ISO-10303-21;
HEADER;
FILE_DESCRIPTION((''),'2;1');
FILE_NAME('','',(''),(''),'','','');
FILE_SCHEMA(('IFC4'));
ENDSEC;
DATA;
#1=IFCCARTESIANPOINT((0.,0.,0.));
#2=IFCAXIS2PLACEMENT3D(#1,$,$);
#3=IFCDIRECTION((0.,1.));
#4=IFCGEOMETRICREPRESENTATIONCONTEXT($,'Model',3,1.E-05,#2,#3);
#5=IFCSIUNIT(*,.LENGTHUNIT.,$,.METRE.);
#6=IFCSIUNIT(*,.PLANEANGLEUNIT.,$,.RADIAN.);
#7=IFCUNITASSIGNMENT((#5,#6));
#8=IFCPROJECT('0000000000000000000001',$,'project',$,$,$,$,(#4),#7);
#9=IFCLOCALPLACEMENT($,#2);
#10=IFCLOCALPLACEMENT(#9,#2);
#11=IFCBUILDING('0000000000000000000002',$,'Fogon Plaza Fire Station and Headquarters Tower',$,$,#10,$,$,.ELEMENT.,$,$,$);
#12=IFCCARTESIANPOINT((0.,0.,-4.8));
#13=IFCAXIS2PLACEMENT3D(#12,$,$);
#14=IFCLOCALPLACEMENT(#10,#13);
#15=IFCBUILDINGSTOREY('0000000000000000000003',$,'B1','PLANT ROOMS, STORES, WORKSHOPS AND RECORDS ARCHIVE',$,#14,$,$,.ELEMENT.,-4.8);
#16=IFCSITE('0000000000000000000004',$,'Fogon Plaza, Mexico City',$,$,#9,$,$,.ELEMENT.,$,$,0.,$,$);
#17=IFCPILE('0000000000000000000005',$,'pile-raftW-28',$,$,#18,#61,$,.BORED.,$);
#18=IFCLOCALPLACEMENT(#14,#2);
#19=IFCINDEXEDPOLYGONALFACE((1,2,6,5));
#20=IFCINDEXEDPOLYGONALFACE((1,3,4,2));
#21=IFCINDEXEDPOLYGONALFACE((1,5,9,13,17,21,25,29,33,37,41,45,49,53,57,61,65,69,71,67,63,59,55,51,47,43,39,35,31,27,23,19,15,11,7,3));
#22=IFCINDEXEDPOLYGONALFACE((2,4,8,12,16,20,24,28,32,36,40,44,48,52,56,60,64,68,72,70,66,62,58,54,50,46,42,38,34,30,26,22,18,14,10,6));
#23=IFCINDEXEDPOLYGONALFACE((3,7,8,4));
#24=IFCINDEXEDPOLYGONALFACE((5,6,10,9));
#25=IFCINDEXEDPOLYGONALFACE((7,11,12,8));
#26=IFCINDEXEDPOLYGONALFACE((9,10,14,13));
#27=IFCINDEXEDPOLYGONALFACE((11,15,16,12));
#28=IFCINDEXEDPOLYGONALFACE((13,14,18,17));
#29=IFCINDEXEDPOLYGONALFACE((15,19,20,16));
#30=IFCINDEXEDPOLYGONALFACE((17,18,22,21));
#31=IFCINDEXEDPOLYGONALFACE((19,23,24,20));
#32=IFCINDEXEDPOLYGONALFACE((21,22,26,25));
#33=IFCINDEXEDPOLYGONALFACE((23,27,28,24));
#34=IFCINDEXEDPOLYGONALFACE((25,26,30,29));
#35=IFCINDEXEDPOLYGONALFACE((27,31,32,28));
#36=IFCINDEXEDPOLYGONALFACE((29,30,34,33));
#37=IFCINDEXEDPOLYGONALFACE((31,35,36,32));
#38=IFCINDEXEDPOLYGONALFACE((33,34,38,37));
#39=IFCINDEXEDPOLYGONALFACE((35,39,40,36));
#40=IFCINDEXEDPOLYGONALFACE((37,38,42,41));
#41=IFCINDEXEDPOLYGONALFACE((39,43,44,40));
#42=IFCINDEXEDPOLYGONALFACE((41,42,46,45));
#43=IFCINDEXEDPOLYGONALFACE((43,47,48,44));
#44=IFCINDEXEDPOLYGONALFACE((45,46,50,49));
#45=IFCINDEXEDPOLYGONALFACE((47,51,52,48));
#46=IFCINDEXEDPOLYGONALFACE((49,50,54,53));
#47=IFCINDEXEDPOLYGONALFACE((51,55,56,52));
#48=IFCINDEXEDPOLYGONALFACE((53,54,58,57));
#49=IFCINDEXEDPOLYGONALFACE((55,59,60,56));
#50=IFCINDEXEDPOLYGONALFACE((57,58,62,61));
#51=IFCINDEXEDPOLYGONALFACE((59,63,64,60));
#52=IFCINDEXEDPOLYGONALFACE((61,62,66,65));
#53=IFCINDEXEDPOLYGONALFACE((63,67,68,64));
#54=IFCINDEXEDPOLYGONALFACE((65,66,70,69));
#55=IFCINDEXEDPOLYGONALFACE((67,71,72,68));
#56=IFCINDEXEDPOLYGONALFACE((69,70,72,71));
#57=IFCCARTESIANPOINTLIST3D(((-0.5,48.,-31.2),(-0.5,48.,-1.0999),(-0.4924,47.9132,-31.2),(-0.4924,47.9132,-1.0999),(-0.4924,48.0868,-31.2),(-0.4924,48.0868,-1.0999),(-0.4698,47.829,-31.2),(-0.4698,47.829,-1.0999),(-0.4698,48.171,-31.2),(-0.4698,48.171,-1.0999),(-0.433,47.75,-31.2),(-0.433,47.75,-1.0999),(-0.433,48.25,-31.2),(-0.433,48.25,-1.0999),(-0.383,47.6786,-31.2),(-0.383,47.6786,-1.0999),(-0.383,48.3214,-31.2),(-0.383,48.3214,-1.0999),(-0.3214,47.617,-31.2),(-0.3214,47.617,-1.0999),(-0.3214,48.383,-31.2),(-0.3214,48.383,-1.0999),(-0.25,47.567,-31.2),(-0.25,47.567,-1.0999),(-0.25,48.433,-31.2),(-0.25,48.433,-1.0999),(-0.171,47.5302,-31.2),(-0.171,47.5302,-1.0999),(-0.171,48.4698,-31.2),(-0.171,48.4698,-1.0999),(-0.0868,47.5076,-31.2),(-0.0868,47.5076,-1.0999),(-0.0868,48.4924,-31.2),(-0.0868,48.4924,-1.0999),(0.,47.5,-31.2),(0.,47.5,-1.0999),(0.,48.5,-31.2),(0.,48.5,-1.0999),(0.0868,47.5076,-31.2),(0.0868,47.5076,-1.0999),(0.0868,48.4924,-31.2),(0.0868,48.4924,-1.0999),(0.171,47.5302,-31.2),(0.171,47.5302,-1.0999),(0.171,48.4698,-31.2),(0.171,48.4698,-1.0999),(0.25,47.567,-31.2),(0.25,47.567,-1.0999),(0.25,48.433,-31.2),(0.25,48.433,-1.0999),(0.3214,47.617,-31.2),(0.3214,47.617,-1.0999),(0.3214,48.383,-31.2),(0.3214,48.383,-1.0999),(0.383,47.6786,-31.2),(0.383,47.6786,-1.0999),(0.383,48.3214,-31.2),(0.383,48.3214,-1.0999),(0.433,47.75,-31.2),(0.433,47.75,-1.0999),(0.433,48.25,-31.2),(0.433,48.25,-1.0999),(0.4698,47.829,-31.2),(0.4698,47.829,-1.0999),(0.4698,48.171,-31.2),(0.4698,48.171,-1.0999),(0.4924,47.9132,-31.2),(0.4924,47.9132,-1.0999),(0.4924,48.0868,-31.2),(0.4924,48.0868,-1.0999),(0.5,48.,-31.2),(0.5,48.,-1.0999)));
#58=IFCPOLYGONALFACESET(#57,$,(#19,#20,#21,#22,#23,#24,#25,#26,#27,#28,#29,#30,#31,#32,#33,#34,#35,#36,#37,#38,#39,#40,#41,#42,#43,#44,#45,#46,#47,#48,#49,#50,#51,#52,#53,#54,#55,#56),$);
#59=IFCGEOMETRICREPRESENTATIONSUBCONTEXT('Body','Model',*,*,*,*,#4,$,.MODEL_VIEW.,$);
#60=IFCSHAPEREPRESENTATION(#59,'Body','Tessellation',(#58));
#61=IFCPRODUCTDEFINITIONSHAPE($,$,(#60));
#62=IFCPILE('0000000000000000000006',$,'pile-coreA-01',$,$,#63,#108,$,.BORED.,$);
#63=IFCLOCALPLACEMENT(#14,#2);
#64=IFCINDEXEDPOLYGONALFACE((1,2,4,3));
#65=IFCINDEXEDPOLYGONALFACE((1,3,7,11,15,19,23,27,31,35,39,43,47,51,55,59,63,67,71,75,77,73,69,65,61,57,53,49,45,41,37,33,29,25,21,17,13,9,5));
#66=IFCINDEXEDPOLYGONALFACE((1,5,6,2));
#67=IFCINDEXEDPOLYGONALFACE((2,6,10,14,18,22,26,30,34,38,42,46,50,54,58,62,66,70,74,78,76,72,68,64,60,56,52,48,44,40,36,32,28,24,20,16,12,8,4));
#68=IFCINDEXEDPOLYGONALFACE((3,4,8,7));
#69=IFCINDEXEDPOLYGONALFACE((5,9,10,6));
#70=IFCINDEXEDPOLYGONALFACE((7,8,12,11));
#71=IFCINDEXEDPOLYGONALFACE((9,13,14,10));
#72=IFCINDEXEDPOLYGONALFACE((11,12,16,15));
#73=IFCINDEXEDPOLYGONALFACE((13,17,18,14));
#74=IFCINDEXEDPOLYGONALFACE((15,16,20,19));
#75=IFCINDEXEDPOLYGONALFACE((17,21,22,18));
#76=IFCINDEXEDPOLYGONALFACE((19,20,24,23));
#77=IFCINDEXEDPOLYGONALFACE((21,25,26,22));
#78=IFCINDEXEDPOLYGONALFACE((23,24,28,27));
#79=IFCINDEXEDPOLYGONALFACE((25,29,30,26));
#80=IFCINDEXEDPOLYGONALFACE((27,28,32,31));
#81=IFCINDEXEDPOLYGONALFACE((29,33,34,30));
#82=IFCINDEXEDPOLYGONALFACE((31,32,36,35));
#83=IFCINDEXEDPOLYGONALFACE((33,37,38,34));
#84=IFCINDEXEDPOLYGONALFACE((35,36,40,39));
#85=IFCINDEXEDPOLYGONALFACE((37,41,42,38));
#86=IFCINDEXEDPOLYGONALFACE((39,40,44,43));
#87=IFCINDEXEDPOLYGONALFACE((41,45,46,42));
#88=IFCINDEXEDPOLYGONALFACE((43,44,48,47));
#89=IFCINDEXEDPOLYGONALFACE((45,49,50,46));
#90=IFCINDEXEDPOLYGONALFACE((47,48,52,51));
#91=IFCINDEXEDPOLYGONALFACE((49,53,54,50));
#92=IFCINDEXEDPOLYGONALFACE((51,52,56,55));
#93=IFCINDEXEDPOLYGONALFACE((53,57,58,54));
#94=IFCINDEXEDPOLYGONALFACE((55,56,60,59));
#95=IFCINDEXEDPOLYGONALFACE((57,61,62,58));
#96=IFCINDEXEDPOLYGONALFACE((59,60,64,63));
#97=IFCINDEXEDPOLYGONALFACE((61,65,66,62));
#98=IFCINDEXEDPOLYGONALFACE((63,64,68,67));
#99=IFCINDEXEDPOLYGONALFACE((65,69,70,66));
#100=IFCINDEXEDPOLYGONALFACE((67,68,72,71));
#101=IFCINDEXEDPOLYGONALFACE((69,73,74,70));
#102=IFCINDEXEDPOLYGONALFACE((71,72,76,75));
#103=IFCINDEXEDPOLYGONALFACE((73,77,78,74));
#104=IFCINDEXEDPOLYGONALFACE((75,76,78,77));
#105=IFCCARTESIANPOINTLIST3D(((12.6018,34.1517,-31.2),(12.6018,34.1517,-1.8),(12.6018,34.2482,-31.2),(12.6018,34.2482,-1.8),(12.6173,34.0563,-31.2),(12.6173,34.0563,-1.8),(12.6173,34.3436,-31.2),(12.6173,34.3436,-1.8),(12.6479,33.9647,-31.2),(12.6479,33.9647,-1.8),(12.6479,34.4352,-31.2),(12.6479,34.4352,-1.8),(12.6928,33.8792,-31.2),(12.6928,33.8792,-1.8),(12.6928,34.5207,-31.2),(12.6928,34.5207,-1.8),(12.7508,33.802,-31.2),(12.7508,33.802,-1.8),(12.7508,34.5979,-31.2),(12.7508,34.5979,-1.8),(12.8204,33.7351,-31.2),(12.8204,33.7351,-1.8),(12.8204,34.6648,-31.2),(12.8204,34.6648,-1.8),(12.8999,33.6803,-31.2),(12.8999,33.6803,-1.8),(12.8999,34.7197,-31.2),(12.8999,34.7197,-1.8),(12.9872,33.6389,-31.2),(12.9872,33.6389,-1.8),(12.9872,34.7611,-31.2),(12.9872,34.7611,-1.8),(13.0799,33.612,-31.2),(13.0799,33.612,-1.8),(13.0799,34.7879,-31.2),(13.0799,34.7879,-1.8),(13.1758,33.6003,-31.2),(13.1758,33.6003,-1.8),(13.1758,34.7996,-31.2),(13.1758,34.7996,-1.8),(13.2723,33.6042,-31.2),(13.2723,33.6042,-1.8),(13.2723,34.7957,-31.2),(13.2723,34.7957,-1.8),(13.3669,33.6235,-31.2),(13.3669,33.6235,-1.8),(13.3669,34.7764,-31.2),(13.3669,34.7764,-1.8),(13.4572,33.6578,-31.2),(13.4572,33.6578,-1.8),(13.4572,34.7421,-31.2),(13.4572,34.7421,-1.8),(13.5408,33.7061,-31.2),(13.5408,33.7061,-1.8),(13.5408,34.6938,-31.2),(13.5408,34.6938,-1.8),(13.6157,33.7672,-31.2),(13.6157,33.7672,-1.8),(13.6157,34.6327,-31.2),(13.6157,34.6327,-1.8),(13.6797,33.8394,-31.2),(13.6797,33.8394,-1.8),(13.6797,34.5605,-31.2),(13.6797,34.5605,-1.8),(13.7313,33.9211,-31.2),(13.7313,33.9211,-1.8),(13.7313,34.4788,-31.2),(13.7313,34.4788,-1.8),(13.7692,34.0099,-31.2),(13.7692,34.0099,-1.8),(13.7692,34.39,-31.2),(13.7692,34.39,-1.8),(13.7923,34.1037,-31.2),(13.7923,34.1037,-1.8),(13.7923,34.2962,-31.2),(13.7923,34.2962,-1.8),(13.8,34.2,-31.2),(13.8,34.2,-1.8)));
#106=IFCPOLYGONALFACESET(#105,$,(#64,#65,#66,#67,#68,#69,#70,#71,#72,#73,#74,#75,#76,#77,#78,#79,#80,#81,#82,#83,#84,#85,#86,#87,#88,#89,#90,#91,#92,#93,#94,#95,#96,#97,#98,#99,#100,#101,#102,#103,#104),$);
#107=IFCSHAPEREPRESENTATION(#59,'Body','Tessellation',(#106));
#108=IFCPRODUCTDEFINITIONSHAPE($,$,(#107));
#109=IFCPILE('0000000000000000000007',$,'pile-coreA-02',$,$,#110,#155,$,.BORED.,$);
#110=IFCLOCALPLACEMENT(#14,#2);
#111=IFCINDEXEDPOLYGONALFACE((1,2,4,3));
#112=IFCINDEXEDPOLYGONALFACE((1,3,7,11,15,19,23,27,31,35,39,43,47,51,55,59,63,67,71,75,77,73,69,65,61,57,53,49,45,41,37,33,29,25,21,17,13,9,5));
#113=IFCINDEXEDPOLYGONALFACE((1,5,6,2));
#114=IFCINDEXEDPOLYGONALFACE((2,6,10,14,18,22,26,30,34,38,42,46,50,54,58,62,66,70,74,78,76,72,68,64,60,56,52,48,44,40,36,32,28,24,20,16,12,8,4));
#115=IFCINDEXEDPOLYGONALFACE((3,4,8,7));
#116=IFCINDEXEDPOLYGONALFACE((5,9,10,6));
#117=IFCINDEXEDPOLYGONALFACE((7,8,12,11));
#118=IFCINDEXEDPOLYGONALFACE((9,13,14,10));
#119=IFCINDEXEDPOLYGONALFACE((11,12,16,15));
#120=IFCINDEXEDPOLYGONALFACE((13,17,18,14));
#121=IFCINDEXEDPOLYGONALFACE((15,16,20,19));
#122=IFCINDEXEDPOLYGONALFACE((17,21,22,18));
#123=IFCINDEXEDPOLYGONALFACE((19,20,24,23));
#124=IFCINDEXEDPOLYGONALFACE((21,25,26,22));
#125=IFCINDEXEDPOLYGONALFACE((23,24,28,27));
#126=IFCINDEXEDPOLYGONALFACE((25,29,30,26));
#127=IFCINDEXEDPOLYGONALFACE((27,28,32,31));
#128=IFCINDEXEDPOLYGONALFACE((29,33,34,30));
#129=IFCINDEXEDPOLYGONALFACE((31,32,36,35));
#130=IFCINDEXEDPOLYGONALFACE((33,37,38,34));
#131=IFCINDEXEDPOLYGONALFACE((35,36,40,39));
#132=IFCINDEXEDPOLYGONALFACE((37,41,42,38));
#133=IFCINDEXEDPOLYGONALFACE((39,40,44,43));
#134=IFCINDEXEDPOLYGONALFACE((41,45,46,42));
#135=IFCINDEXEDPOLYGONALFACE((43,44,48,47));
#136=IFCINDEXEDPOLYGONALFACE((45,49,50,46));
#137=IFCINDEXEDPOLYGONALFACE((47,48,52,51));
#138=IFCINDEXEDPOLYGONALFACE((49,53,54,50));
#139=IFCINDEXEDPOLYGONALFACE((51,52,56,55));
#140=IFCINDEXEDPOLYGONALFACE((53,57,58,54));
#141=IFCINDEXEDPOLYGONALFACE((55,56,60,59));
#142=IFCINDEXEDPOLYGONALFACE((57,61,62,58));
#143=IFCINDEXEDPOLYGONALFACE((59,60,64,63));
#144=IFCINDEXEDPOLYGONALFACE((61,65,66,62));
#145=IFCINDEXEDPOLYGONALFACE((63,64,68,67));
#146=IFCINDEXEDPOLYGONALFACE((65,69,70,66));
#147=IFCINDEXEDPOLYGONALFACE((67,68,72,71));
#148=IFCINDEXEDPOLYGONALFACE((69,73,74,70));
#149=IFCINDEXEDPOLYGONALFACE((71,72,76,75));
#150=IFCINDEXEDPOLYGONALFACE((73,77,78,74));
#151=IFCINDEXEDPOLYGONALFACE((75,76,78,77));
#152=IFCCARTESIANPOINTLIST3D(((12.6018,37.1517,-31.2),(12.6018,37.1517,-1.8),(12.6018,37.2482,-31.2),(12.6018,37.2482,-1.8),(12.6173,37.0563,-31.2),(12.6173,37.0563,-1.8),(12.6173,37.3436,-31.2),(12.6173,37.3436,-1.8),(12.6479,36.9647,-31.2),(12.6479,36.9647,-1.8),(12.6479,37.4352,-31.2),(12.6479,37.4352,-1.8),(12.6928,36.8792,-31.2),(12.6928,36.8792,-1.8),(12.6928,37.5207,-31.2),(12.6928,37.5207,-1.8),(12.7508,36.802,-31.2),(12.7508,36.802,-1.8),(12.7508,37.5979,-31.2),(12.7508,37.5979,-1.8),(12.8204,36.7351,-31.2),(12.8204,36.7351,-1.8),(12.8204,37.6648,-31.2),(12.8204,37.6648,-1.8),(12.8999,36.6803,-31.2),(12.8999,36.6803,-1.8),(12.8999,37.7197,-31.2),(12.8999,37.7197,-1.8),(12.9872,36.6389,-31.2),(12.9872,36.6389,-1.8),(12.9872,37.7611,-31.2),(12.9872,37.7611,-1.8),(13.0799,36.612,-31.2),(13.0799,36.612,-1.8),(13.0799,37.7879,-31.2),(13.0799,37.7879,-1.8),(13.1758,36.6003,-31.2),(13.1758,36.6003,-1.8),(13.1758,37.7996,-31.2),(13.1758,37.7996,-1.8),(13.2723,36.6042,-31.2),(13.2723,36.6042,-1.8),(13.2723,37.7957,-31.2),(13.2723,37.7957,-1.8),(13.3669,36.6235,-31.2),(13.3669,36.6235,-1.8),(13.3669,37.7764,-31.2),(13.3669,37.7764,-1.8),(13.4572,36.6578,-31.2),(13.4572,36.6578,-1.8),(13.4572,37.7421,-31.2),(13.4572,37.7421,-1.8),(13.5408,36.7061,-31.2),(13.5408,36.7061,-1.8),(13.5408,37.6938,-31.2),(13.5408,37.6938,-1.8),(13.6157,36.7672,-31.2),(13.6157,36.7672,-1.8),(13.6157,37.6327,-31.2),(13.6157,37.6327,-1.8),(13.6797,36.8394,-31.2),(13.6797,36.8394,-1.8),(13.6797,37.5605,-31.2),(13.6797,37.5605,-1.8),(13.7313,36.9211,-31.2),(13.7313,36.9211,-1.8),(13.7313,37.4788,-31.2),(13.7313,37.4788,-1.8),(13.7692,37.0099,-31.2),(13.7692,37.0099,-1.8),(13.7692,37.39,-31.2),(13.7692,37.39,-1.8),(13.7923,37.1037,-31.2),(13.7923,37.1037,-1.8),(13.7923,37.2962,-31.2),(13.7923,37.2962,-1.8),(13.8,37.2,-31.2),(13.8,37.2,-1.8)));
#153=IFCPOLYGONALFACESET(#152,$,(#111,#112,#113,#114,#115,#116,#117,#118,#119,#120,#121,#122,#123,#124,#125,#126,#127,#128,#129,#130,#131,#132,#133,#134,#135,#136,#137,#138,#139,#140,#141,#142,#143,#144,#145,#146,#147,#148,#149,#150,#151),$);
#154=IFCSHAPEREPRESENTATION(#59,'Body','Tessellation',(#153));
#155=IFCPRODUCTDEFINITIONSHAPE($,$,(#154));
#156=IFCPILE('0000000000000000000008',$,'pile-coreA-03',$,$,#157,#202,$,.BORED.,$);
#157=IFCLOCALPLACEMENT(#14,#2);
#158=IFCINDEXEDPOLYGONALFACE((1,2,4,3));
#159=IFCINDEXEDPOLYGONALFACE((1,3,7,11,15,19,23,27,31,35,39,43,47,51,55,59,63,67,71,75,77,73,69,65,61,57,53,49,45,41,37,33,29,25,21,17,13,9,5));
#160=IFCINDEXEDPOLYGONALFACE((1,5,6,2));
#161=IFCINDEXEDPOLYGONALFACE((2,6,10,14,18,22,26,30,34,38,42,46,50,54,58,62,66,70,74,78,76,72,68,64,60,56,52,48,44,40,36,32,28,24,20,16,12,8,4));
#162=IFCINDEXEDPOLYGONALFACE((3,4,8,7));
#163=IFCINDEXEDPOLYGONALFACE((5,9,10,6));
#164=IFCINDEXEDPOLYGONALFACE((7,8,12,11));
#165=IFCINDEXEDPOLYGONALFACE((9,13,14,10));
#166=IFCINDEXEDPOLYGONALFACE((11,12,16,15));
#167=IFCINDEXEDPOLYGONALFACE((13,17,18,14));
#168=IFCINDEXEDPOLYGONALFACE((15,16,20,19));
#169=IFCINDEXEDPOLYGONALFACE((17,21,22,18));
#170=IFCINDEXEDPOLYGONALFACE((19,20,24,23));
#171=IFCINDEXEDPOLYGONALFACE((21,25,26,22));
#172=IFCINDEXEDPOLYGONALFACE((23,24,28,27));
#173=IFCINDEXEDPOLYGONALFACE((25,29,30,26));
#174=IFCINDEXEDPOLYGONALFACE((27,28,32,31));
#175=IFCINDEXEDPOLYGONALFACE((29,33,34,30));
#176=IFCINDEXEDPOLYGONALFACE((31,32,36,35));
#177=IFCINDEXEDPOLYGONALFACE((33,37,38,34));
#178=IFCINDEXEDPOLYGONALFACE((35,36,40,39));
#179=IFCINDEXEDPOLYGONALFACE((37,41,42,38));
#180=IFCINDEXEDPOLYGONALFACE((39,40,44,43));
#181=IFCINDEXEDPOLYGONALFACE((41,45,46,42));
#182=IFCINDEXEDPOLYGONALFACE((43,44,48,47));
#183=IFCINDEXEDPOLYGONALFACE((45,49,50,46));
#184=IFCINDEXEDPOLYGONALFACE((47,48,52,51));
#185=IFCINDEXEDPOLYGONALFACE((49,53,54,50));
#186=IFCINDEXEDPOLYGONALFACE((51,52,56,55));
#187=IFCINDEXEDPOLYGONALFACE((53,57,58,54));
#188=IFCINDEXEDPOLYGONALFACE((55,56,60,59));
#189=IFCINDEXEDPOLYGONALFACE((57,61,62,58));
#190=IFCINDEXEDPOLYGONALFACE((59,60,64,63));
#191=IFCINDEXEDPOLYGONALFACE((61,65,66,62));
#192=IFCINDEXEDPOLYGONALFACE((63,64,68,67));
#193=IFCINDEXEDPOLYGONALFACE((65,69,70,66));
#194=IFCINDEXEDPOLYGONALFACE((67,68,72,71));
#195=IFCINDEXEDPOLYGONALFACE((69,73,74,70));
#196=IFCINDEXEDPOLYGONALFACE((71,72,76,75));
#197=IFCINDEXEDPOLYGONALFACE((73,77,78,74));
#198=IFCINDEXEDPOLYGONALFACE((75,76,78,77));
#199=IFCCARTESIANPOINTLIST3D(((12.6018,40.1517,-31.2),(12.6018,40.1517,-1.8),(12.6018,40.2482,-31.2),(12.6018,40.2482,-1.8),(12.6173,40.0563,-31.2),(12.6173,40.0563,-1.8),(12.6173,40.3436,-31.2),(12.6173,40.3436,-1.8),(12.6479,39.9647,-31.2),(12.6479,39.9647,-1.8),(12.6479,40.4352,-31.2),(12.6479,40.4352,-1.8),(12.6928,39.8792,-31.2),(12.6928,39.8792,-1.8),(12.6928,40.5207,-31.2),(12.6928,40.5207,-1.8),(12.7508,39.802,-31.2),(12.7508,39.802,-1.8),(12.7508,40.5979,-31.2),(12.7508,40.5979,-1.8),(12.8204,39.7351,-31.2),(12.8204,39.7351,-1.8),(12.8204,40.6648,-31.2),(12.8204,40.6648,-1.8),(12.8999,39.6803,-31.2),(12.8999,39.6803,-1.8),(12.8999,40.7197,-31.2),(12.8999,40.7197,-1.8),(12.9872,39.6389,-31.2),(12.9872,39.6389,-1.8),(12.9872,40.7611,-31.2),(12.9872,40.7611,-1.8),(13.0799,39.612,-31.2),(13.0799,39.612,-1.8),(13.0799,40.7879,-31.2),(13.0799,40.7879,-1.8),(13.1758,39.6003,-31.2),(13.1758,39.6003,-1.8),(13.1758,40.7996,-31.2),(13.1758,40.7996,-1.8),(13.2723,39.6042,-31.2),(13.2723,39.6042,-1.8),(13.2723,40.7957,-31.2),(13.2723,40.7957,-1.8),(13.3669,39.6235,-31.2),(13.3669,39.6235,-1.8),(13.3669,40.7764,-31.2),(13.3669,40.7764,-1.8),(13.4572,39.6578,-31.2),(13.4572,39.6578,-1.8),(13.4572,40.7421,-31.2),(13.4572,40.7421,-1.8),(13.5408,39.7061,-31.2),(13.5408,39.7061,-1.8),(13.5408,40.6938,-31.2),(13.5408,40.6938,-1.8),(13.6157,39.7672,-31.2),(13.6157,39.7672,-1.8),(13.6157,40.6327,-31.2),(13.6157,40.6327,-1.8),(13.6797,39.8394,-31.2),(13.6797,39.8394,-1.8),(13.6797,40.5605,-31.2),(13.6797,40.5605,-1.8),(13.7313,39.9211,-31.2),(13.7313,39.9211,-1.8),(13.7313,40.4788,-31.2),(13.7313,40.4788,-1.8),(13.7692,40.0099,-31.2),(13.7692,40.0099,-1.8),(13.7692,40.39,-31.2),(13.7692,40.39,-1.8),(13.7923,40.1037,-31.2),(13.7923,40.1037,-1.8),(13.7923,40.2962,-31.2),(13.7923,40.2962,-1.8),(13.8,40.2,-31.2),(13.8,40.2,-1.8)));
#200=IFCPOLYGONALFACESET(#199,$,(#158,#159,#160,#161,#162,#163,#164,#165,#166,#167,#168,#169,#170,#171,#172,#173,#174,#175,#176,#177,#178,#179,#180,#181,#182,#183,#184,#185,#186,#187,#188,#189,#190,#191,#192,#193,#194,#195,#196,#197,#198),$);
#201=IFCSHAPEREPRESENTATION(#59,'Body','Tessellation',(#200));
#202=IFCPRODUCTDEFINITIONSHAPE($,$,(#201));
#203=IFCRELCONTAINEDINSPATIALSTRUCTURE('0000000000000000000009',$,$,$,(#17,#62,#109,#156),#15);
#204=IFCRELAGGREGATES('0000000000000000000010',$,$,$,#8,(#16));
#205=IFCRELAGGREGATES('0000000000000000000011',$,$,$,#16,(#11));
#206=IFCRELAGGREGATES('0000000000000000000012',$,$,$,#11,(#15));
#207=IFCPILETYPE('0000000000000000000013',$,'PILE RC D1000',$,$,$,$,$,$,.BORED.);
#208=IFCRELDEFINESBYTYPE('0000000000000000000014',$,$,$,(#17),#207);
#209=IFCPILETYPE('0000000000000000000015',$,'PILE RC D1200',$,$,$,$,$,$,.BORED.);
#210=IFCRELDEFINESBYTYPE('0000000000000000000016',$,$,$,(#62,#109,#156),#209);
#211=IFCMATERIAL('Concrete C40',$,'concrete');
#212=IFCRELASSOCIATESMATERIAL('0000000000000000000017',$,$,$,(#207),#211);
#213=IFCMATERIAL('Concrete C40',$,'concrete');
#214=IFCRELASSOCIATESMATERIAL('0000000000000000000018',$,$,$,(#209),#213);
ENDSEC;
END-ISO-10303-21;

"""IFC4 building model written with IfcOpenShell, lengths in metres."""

from ifc_helpers import new_model, si_unit, direction, frame, origin, origin_2d, place, context, subcontext, project, spatial, circle, extrude, material, material_profile, profile_set, type_object, element, save


model = new_model("IFC4")

# Units and contexts
model_context = context("Model", 3, precision=1e-05, world=origin(), true_north=direction((0.0, 1.0)))
body_context = subcontext(model_context, "Body", "Model", "MODEL_VIEW")
ifc_project = project(units=[si_unit("LENGTHUNIT", "METRE"), si_unit("PLANEANGLEUNIT", "RADIAN")], contexts=[model_context])

# Site, building, storey
site_placement = place(None, origin())
site = spatial("IfcSite", under=ifc_project, at=site_placement, Name="Fogon Plaza, Mexico City", CompositionType="ELEMENT", RefElevation=0.0)
building_placement = place(site_placement, origin())
building = spatial("IfcBuilding", under=site, at=building_placement, Name="Fogon Plaza Fire Station and Headquarters Tower", CompositionType="ELEMENT")
storey_placement = place(building_placement, frame((0.0, 0.0, -4.8)))
storey = spatial("IfcBuildingStorey", under=building, at=storey_placement, Name="B1", Description="PLANT ROOMS, STORES, WORKSHOPS AND RECORDS ARCHIVE", CompositionType="ELEMENT", Elevation=-4.8)

# Piles
ifc_material_1 = material(Name="Concrete C40", Category="concrete")
ifc_material_profile_1 = material_profile(ifc_material_1, circle(Radius=0.5, at=origin_2d()), Name="RC D1000")
ifc_profile_set_1 = profile_set([ifc_material_profile_1], Name="Concrete C40")
pile_type_1 = type_object("IfcPileType", Name="PILE RC D1000", PredefinedType="BORED", material=ifc_profile_set_1)
for number, where, z_axis, x_axis, name in (
    (1, (0.0, 48.0, -1.0999), (0.0, 0.0, -1.0), (1.0, 0.0, 0.0), "pile-raftW-28"),
):
    element("IfcPile", number, at=place(storey_placement, frame(where, z_axis=z_axis, x_axis=x_axis)), inside=storey, type_object=pile_type_1, Name=name, PredefinedType="BORED", context=body_context, shape_type="SweptSolid", body=[
        extrude(circle(Radius=0.5, at=origin_2d()), origin(), (0.0, 0.0, 1.0), 30.1001),
    ])
ifc_material_2 = material(Name="Concrete C40", Category="concrete")
ifc_material_profile_2 = material_profile(ifc_material_2, circle(Radius=0.6001, at=origin_2d()), Name="RC D1200")
ifc_profile_set_2 = profile_set([ifc_material_profile_2], Name="Concrete C40")
pile_type_2 = type_object("IfcPileType", Name="PILE RC D1200", PredefinedType="BORED", material=ifc_profile_set_2)
for number, where, z_axis, x_axis, name in (
    (2, (13.2, 34.2, -1.8), (0.0, 0.0, -1.0), (1.0, 0.0, 0.0), "pile-coreA-01"),
    (3, (13.2, 37.2, -1.8), (0.0, 0.0, -1.0), (1.0, 0.0, 0.0), "pile-coreA-02"),
    (4, (13.2, 40.2, -1.8), (0.0, 0.0, -1.0), (1.0, 0.0, 0.0), "pile-coreA-03"),
):
    element("IfcPile", number, at=place(storey_placement, frame(where, z_axis=z_axis, x_axis=x_axis)), inside=storey, type_object=pile_type_2, Name=name, PredefinedType="BORED", context=body_context, shape_type="SweptSolid", body=[
        extrude(circle(Radius=0.6001, at=origin_2d()), origin(), (0.0, 0.0, 1.0), 29.3999),
    ])

save(model, "model.ifc")
